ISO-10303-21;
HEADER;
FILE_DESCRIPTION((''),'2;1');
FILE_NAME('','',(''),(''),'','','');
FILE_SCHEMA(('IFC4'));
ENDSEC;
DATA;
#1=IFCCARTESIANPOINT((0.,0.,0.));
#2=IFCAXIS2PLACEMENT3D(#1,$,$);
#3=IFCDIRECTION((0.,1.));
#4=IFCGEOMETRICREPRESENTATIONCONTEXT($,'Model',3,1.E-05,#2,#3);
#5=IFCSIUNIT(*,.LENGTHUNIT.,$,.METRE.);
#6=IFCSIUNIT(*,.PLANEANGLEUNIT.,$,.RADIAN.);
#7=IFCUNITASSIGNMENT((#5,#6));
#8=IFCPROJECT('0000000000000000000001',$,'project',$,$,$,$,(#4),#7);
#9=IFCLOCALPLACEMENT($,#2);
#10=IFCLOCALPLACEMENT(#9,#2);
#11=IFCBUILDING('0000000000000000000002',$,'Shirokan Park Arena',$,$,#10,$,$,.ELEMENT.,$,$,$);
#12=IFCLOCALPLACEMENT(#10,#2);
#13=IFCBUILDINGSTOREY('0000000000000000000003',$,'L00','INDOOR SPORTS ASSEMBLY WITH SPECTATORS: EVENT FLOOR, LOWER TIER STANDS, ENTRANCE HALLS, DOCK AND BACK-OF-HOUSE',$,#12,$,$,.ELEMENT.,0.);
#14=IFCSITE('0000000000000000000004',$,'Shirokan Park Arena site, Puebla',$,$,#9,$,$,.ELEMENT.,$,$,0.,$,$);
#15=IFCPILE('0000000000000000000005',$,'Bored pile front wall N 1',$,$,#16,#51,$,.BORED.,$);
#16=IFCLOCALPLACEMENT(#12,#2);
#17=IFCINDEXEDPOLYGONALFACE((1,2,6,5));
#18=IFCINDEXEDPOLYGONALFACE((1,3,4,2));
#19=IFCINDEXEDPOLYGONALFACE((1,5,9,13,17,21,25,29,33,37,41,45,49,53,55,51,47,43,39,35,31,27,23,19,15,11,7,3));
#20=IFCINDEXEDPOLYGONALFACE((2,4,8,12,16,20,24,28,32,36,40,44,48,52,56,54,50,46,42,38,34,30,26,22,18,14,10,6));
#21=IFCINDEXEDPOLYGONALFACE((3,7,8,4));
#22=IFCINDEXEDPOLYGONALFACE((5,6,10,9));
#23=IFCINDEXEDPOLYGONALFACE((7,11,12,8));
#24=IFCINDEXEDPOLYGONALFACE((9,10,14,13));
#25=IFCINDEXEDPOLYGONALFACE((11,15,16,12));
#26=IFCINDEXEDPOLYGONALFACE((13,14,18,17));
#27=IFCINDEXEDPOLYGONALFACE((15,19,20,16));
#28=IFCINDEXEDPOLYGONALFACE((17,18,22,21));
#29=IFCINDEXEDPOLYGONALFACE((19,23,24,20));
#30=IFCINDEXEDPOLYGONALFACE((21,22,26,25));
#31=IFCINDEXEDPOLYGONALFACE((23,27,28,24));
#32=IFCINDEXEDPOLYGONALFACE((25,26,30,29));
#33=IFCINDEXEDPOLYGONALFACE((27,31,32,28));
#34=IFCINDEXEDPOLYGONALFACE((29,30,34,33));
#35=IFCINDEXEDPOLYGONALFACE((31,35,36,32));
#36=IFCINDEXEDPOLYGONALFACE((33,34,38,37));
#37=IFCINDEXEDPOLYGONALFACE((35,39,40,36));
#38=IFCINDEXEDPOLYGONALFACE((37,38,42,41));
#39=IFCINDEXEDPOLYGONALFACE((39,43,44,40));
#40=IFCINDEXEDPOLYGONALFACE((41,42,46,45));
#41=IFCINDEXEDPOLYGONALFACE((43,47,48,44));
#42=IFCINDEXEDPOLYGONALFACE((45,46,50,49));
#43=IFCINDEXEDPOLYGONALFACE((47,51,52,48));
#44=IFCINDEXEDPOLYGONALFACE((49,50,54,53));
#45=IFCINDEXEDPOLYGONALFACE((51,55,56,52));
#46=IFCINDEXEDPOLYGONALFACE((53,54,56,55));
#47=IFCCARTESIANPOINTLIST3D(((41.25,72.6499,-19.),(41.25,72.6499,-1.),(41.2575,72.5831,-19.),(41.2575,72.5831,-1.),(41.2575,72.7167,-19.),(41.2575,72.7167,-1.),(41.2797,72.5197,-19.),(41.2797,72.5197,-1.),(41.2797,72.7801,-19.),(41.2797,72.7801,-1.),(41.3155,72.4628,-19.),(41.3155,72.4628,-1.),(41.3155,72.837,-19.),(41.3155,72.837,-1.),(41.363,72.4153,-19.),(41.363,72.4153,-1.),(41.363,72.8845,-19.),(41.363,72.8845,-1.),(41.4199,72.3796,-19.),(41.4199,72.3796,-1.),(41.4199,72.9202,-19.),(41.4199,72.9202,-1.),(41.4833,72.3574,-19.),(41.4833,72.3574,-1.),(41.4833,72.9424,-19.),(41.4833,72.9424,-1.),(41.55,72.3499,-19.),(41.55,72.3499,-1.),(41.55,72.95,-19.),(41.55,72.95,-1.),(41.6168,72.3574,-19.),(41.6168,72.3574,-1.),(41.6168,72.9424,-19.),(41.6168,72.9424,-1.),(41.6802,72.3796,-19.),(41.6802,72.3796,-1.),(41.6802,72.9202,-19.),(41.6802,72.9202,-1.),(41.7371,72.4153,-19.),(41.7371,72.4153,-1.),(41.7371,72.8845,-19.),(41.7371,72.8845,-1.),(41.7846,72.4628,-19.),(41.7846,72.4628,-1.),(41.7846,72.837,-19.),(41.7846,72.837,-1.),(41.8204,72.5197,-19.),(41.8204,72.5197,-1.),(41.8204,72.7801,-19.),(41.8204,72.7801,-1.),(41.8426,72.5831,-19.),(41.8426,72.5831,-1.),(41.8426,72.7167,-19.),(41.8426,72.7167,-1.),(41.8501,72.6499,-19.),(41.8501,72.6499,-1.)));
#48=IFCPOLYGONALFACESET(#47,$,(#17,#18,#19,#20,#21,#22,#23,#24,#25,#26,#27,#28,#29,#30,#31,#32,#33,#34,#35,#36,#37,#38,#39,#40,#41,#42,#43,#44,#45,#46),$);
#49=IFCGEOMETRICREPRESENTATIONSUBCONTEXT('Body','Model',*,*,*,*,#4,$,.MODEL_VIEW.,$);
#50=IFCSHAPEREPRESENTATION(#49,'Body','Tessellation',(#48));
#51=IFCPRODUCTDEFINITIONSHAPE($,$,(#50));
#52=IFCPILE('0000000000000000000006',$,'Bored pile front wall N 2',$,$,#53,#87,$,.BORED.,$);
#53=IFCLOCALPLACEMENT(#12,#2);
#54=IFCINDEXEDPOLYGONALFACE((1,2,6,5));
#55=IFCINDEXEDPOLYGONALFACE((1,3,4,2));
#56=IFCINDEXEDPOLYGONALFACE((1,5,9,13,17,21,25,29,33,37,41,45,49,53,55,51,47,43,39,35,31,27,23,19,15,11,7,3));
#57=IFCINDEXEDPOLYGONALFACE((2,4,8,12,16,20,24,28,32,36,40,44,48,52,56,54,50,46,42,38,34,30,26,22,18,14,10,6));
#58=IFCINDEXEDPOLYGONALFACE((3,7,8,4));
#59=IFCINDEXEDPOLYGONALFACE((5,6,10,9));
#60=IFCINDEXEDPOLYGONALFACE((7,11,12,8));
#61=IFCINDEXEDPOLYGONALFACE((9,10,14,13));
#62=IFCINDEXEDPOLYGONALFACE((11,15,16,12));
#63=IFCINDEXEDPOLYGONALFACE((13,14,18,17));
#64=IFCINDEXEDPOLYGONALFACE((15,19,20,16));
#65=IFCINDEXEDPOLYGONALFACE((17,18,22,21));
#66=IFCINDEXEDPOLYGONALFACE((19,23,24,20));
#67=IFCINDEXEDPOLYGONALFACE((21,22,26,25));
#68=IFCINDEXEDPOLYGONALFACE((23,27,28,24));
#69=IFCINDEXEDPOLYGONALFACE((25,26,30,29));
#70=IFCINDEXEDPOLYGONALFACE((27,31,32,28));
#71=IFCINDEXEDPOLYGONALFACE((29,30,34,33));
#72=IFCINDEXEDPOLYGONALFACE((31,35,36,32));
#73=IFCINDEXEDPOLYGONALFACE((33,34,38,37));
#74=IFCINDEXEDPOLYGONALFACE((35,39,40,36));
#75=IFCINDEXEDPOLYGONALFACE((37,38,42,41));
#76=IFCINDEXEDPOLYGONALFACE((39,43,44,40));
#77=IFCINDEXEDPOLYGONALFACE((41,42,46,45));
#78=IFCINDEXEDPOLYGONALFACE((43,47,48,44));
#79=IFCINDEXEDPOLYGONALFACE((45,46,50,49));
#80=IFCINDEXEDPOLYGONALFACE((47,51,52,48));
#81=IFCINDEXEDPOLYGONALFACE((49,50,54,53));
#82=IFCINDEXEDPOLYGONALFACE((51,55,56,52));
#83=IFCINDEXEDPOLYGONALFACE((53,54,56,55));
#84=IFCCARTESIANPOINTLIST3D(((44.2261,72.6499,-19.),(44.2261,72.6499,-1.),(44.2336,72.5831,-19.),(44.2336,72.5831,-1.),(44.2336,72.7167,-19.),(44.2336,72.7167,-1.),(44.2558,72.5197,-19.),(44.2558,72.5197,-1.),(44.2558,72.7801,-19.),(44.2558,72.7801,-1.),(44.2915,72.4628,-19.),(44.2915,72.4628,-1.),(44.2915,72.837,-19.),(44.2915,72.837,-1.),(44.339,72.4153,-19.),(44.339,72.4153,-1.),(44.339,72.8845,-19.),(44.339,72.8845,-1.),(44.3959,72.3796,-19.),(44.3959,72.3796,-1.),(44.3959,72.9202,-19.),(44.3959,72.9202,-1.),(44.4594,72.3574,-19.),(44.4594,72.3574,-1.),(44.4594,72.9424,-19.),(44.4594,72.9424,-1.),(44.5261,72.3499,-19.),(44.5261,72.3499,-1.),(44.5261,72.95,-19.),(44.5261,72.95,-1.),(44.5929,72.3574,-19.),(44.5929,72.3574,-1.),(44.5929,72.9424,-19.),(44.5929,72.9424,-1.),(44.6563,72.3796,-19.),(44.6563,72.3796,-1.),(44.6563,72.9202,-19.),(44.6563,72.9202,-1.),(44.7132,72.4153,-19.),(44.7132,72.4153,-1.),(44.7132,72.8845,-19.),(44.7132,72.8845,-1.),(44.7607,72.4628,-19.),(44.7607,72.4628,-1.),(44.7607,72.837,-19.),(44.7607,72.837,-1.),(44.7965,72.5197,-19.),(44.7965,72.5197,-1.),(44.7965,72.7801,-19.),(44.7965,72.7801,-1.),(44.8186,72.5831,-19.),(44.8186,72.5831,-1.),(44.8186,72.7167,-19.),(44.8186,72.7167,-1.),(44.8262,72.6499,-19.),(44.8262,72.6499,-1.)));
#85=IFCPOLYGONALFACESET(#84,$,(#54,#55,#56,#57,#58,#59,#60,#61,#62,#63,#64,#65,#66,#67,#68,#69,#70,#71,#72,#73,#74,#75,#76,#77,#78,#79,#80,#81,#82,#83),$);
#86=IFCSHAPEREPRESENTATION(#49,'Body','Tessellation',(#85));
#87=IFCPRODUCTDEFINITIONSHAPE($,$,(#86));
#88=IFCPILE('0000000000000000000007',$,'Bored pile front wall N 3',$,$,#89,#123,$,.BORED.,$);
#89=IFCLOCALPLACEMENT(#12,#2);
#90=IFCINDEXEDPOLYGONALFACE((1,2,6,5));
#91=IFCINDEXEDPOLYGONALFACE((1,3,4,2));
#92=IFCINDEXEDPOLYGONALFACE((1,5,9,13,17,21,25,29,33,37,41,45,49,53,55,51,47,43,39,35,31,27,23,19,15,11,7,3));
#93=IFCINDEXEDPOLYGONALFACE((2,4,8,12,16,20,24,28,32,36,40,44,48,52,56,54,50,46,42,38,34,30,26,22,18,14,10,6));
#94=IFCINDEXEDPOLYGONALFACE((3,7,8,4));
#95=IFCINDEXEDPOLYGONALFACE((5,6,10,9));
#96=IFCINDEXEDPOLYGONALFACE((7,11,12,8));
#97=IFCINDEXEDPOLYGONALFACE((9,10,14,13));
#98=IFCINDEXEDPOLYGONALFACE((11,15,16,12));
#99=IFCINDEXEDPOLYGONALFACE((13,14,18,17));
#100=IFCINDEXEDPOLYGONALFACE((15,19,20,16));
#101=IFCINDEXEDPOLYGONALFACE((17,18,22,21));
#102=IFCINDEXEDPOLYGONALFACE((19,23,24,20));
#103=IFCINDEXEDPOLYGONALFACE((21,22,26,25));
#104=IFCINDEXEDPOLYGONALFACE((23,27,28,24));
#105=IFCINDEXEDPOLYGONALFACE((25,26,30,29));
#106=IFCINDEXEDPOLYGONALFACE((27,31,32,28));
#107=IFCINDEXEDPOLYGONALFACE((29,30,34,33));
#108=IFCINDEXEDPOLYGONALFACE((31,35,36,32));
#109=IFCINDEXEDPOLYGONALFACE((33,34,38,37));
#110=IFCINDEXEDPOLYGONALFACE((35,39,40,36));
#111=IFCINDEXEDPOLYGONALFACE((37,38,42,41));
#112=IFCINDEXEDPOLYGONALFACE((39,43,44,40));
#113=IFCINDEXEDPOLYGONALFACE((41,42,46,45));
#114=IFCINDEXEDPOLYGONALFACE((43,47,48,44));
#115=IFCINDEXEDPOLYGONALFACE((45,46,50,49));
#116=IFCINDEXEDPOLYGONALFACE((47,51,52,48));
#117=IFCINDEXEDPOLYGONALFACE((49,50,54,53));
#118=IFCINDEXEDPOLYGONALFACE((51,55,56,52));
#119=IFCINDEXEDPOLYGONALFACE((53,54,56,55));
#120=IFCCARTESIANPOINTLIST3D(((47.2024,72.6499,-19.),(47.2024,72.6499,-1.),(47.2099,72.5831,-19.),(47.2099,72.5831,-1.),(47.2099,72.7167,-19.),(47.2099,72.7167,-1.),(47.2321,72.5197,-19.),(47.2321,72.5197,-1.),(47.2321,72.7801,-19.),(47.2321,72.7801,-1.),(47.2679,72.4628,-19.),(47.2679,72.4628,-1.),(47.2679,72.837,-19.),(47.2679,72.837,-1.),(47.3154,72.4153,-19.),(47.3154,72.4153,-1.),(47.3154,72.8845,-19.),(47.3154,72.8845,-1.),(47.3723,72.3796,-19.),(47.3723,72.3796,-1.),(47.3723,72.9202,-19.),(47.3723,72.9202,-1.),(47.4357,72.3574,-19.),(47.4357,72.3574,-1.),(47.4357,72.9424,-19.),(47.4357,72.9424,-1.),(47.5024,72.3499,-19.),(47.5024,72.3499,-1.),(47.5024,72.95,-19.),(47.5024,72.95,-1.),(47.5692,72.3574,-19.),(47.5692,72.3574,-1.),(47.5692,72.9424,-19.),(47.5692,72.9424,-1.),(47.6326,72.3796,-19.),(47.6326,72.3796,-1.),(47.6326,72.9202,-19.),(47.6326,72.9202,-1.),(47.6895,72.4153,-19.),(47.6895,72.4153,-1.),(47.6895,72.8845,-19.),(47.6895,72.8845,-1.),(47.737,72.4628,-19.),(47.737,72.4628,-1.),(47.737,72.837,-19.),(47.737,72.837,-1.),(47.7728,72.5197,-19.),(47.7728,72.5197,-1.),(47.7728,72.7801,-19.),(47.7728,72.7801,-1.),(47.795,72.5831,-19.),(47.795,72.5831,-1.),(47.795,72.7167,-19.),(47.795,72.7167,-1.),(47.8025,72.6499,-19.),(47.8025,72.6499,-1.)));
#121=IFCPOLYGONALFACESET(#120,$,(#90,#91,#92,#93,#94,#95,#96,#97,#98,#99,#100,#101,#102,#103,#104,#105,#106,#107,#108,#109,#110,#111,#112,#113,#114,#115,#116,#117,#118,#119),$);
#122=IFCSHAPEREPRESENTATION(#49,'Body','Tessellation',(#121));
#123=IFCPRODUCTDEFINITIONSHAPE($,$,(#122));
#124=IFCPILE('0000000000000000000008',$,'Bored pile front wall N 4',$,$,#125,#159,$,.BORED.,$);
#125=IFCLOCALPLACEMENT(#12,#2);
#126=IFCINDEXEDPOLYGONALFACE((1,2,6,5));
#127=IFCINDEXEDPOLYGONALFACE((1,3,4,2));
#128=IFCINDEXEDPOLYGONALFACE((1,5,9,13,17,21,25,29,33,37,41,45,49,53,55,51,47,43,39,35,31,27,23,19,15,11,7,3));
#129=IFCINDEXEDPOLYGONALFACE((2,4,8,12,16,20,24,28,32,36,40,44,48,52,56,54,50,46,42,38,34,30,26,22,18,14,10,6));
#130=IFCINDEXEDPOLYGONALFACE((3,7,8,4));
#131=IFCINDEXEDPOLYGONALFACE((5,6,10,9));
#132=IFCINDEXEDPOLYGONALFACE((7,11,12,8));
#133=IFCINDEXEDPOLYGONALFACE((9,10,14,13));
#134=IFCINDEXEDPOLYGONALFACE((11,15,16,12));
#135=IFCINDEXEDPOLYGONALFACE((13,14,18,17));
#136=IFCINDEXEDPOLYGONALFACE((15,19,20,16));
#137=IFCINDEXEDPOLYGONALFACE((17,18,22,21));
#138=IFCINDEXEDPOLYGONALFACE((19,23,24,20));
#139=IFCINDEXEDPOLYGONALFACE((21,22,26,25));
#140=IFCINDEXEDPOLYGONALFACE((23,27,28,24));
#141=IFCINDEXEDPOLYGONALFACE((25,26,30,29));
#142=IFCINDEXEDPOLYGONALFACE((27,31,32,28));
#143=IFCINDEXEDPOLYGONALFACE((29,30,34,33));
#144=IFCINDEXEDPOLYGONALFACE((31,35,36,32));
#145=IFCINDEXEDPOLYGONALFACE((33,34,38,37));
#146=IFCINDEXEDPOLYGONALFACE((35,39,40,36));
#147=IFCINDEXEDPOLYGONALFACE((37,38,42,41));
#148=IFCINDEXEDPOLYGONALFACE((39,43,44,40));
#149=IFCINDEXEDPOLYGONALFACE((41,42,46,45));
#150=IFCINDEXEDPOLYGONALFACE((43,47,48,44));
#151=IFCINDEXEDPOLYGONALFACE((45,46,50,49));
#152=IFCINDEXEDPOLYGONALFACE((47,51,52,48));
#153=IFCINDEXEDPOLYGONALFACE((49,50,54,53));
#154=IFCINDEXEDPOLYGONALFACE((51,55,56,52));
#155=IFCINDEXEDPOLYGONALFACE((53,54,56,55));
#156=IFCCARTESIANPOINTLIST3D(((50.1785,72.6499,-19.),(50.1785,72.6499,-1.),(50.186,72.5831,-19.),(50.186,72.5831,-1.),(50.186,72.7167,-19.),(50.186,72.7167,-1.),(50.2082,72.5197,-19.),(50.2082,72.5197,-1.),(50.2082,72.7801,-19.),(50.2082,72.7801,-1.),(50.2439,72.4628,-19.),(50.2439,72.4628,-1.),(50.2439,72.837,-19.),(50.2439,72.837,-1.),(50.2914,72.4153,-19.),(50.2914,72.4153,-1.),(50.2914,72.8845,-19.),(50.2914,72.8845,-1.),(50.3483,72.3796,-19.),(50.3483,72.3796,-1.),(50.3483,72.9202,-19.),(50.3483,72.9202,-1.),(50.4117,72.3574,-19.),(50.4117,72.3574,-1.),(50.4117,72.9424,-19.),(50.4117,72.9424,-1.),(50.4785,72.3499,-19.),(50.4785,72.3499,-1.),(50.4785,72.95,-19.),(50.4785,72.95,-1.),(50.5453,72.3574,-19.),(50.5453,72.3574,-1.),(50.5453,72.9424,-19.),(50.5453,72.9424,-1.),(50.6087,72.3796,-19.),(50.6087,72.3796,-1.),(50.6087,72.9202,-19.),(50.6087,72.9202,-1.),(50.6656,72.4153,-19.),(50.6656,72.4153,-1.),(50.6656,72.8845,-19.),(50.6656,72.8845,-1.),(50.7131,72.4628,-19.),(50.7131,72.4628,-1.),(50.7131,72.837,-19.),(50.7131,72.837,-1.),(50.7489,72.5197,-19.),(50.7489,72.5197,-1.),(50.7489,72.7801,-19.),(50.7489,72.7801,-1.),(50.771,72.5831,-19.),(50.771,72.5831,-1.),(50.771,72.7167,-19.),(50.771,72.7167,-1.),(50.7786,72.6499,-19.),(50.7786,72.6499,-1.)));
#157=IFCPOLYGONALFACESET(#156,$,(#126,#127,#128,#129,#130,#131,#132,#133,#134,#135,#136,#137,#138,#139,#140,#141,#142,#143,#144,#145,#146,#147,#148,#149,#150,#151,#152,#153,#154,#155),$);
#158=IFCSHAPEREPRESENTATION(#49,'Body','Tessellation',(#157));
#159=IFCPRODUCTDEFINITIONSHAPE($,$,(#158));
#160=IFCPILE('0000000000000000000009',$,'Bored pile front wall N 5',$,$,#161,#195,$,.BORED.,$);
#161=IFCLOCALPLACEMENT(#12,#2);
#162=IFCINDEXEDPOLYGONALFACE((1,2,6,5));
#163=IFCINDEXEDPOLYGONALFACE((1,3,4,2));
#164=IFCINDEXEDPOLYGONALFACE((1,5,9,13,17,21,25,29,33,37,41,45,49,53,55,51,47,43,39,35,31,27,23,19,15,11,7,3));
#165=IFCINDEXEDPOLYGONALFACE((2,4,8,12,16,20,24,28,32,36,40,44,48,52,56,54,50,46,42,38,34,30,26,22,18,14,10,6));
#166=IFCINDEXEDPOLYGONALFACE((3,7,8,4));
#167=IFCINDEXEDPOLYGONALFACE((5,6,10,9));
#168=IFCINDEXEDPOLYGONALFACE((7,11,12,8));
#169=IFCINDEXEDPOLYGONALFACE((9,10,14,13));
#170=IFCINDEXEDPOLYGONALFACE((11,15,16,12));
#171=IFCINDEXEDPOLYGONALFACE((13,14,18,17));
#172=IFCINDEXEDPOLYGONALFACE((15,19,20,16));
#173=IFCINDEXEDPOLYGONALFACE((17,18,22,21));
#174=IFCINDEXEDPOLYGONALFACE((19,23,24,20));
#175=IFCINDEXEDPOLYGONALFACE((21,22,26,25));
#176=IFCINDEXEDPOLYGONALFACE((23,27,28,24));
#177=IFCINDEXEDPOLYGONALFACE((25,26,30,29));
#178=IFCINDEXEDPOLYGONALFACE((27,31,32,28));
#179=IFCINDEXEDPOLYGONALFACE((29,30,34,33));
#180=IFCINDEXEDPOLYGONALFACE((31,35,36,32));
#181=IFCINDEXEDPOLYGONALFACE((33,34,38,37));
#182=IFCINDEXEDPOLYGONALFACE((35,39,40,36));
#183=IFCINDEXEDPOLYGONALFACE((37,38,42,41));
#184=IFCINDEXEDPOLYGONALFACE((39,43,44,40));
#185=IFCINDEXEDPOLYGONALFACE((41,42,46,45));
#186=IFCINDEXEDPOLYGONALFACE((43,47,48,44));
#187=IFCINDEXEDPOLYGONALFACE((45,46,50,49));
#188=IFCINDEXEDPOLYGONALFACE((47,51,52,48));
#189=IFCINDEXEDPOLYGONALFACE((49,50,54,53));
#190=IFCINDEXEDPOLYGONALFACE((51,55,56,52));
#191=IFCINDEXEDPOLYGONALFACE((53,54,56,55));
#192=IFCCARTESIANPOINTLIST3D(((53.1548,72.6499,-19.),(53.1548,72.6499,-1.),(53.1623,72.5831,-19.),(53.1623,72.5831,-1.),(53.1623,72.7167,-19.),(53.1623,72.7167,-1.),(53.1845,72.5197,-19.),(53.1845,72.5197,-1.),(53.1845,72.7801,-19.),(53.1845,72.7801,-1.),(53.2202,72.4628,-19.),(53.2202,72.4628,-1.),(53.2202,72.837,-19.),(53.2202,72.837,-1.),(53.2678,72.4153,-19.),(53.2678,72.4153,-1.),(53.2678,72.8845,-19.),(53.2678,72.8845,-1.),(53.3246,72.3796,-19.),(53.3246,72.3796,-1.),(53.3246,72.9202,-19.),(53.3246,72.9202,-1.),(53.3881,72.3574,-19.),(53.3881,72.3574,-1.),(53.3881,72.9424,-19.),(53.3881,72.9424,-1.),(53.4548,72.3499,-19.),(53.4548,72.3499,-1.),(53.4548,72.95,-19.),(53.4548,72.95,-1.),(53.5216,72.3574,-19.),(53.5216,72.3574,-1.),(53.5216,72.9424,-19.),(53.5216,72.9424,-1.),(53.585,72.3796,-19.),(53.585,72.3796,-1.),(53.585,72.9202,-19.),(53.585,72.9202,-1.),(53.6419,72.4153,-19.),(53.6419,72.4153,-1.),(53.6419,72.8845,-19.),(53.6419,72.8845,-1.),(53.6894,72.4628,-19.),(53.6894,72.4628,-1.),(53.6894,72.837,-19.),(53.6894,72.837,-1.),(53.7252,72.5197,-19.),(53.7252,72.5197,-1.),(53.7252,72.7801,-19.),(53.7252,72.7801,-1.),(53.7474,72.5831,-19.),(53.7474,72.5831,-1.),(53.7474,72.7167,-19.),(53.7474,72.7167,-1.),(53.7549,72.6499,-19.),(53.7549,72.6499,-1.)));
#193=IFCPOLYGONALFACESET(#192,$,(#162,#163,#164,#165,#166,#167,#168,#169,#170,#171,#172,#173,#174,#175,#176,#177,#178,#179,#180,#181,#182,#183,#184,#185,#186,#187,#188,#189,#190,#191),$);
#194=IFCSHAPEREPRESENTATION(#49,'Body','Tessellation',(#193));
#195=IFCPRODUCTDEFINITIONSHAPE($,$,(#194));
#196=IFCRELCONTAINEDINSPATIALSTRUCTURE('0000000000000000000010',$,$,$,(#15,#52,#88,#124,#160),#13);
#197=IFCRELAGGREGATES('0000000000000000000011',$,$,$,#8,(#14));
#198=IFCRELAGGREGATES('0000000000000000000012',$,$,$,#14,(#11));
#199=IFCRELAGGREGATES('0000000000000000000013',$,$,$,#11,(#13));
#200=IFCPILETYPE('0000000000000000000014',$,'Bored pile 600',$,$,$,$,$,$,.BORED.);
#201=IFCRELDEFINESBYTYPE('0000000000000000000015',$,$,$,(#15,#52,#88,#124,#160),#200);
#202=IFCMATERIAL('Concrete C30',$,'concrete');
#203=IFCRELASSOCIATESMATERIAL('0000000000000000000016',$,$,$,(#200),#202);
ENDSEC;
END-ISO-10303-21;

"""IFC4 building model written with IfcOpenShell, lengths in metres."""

from ifc_helpers import new_model, si_unit, direction, frame, origin, origin_2d, place, context, subcontext, project, spatial, circle, extrude, material, material_profile, profile_set, type_object, element, save


model = new_model("IFC4")

# Units and contexts
model_context = context("Model", 3, precision=1e-05, world=origin(), true_north=direction((0.0, 1.0)))
body_context = subcontext(model_context, "Body", "Model", "MODEL_VIEW")
ifc_project = project(units=[si_unit("LENGTHUNIT", "METRE"), si_unit("PLANEANGLEUNIT", "RADIAN")], contexts=[model_context])

# Site, building, storey
site_placement = place(None, origin())
site = spatial("IfcSite", under=ifc_project, at=site_placement, Name="Shirokan Park Arena site, Puebla", CompositionType="ELEMENT", RefElevation=0.0)
building_placement = place(site_placement, origin())
building = spatial("IfcBuilding", under=site, at=building_placement, Name="Shirokan Park Arena", CompositionType="ELEMENT")
storey_placement = place(building_placement, origin())
storey = spatial("IfcBuildingStorey", under=building, at=storey_placement, Name="L00", Description="INDOOR SPORTS ASSEMBLY WITH SPECTATORS: EVENT FLOOR, LOWER TIER STANDS, ENTRANCE HALLS, DOCK AND BACK-OF-HOUSE", CompositionType="ELEMENT", Elevation=0.0)

# Piles
ifc_material_1 = material(Name="Concrete C30", Category="concrete")
ifc_material_profile_1 = material_profile(ifc_material_1, circle(Radius=0.3, at=origin_2d()), Name="D600")
ifc_profile_set_1 = profile_set([ifc_material_profile_1], Name="Concrete C30")
pile_type_1 = type_object("IfcPileType", Name="Bored pile 600", PredefinedType="BORED", material=ifc_profile_set_1)
for number, where, z_axis, x_axis, name in (
    (1, (41.55, 72.6499, -1.0), (0.0, 0.0, -1.0), (1.0, 0.0, 0.0), "Bored pile front wall N 1"),
    (2, (44.5261, 72.6499, -1.0), (0.0, 0.0, -1.0), (1.0, 0.0, 0.0), "Bored pile front wall N 2"),
    (3, (47.5024, 72.6499, -1.0), (0.0, 0.0, -1.0), (1.0, 0.0, 0.0), "Bored pile front wall N 3"),
    (4, (50.4785, 72.6499, -1.0), (0.0, 0.0, -1.0), (1.0, 0.0, 0.0), "Bored pile front wall N 4"),
    (5, (53.4548, 72.6499, -1.0), (0.0, 0.0, -1.0), (1.0, 0.0, 0.0), "Bored pile front wall N 5"),
):
    element("IfcPile", number, at=place(storey_placement, frame(where, z_axis=z_axis, x_axis=x_axis)), inside=storey, type_object=pile_type_1, Name=name, PredefinedType="BORED", context=body_context, shape_type="SweptSolid", body=[
        extrude(circle(Radius=0.3, at=origin_2d()), origin(), (0.0, 0.0, 1.0), 18.0),
    ])

save(model, "model.ifc")
